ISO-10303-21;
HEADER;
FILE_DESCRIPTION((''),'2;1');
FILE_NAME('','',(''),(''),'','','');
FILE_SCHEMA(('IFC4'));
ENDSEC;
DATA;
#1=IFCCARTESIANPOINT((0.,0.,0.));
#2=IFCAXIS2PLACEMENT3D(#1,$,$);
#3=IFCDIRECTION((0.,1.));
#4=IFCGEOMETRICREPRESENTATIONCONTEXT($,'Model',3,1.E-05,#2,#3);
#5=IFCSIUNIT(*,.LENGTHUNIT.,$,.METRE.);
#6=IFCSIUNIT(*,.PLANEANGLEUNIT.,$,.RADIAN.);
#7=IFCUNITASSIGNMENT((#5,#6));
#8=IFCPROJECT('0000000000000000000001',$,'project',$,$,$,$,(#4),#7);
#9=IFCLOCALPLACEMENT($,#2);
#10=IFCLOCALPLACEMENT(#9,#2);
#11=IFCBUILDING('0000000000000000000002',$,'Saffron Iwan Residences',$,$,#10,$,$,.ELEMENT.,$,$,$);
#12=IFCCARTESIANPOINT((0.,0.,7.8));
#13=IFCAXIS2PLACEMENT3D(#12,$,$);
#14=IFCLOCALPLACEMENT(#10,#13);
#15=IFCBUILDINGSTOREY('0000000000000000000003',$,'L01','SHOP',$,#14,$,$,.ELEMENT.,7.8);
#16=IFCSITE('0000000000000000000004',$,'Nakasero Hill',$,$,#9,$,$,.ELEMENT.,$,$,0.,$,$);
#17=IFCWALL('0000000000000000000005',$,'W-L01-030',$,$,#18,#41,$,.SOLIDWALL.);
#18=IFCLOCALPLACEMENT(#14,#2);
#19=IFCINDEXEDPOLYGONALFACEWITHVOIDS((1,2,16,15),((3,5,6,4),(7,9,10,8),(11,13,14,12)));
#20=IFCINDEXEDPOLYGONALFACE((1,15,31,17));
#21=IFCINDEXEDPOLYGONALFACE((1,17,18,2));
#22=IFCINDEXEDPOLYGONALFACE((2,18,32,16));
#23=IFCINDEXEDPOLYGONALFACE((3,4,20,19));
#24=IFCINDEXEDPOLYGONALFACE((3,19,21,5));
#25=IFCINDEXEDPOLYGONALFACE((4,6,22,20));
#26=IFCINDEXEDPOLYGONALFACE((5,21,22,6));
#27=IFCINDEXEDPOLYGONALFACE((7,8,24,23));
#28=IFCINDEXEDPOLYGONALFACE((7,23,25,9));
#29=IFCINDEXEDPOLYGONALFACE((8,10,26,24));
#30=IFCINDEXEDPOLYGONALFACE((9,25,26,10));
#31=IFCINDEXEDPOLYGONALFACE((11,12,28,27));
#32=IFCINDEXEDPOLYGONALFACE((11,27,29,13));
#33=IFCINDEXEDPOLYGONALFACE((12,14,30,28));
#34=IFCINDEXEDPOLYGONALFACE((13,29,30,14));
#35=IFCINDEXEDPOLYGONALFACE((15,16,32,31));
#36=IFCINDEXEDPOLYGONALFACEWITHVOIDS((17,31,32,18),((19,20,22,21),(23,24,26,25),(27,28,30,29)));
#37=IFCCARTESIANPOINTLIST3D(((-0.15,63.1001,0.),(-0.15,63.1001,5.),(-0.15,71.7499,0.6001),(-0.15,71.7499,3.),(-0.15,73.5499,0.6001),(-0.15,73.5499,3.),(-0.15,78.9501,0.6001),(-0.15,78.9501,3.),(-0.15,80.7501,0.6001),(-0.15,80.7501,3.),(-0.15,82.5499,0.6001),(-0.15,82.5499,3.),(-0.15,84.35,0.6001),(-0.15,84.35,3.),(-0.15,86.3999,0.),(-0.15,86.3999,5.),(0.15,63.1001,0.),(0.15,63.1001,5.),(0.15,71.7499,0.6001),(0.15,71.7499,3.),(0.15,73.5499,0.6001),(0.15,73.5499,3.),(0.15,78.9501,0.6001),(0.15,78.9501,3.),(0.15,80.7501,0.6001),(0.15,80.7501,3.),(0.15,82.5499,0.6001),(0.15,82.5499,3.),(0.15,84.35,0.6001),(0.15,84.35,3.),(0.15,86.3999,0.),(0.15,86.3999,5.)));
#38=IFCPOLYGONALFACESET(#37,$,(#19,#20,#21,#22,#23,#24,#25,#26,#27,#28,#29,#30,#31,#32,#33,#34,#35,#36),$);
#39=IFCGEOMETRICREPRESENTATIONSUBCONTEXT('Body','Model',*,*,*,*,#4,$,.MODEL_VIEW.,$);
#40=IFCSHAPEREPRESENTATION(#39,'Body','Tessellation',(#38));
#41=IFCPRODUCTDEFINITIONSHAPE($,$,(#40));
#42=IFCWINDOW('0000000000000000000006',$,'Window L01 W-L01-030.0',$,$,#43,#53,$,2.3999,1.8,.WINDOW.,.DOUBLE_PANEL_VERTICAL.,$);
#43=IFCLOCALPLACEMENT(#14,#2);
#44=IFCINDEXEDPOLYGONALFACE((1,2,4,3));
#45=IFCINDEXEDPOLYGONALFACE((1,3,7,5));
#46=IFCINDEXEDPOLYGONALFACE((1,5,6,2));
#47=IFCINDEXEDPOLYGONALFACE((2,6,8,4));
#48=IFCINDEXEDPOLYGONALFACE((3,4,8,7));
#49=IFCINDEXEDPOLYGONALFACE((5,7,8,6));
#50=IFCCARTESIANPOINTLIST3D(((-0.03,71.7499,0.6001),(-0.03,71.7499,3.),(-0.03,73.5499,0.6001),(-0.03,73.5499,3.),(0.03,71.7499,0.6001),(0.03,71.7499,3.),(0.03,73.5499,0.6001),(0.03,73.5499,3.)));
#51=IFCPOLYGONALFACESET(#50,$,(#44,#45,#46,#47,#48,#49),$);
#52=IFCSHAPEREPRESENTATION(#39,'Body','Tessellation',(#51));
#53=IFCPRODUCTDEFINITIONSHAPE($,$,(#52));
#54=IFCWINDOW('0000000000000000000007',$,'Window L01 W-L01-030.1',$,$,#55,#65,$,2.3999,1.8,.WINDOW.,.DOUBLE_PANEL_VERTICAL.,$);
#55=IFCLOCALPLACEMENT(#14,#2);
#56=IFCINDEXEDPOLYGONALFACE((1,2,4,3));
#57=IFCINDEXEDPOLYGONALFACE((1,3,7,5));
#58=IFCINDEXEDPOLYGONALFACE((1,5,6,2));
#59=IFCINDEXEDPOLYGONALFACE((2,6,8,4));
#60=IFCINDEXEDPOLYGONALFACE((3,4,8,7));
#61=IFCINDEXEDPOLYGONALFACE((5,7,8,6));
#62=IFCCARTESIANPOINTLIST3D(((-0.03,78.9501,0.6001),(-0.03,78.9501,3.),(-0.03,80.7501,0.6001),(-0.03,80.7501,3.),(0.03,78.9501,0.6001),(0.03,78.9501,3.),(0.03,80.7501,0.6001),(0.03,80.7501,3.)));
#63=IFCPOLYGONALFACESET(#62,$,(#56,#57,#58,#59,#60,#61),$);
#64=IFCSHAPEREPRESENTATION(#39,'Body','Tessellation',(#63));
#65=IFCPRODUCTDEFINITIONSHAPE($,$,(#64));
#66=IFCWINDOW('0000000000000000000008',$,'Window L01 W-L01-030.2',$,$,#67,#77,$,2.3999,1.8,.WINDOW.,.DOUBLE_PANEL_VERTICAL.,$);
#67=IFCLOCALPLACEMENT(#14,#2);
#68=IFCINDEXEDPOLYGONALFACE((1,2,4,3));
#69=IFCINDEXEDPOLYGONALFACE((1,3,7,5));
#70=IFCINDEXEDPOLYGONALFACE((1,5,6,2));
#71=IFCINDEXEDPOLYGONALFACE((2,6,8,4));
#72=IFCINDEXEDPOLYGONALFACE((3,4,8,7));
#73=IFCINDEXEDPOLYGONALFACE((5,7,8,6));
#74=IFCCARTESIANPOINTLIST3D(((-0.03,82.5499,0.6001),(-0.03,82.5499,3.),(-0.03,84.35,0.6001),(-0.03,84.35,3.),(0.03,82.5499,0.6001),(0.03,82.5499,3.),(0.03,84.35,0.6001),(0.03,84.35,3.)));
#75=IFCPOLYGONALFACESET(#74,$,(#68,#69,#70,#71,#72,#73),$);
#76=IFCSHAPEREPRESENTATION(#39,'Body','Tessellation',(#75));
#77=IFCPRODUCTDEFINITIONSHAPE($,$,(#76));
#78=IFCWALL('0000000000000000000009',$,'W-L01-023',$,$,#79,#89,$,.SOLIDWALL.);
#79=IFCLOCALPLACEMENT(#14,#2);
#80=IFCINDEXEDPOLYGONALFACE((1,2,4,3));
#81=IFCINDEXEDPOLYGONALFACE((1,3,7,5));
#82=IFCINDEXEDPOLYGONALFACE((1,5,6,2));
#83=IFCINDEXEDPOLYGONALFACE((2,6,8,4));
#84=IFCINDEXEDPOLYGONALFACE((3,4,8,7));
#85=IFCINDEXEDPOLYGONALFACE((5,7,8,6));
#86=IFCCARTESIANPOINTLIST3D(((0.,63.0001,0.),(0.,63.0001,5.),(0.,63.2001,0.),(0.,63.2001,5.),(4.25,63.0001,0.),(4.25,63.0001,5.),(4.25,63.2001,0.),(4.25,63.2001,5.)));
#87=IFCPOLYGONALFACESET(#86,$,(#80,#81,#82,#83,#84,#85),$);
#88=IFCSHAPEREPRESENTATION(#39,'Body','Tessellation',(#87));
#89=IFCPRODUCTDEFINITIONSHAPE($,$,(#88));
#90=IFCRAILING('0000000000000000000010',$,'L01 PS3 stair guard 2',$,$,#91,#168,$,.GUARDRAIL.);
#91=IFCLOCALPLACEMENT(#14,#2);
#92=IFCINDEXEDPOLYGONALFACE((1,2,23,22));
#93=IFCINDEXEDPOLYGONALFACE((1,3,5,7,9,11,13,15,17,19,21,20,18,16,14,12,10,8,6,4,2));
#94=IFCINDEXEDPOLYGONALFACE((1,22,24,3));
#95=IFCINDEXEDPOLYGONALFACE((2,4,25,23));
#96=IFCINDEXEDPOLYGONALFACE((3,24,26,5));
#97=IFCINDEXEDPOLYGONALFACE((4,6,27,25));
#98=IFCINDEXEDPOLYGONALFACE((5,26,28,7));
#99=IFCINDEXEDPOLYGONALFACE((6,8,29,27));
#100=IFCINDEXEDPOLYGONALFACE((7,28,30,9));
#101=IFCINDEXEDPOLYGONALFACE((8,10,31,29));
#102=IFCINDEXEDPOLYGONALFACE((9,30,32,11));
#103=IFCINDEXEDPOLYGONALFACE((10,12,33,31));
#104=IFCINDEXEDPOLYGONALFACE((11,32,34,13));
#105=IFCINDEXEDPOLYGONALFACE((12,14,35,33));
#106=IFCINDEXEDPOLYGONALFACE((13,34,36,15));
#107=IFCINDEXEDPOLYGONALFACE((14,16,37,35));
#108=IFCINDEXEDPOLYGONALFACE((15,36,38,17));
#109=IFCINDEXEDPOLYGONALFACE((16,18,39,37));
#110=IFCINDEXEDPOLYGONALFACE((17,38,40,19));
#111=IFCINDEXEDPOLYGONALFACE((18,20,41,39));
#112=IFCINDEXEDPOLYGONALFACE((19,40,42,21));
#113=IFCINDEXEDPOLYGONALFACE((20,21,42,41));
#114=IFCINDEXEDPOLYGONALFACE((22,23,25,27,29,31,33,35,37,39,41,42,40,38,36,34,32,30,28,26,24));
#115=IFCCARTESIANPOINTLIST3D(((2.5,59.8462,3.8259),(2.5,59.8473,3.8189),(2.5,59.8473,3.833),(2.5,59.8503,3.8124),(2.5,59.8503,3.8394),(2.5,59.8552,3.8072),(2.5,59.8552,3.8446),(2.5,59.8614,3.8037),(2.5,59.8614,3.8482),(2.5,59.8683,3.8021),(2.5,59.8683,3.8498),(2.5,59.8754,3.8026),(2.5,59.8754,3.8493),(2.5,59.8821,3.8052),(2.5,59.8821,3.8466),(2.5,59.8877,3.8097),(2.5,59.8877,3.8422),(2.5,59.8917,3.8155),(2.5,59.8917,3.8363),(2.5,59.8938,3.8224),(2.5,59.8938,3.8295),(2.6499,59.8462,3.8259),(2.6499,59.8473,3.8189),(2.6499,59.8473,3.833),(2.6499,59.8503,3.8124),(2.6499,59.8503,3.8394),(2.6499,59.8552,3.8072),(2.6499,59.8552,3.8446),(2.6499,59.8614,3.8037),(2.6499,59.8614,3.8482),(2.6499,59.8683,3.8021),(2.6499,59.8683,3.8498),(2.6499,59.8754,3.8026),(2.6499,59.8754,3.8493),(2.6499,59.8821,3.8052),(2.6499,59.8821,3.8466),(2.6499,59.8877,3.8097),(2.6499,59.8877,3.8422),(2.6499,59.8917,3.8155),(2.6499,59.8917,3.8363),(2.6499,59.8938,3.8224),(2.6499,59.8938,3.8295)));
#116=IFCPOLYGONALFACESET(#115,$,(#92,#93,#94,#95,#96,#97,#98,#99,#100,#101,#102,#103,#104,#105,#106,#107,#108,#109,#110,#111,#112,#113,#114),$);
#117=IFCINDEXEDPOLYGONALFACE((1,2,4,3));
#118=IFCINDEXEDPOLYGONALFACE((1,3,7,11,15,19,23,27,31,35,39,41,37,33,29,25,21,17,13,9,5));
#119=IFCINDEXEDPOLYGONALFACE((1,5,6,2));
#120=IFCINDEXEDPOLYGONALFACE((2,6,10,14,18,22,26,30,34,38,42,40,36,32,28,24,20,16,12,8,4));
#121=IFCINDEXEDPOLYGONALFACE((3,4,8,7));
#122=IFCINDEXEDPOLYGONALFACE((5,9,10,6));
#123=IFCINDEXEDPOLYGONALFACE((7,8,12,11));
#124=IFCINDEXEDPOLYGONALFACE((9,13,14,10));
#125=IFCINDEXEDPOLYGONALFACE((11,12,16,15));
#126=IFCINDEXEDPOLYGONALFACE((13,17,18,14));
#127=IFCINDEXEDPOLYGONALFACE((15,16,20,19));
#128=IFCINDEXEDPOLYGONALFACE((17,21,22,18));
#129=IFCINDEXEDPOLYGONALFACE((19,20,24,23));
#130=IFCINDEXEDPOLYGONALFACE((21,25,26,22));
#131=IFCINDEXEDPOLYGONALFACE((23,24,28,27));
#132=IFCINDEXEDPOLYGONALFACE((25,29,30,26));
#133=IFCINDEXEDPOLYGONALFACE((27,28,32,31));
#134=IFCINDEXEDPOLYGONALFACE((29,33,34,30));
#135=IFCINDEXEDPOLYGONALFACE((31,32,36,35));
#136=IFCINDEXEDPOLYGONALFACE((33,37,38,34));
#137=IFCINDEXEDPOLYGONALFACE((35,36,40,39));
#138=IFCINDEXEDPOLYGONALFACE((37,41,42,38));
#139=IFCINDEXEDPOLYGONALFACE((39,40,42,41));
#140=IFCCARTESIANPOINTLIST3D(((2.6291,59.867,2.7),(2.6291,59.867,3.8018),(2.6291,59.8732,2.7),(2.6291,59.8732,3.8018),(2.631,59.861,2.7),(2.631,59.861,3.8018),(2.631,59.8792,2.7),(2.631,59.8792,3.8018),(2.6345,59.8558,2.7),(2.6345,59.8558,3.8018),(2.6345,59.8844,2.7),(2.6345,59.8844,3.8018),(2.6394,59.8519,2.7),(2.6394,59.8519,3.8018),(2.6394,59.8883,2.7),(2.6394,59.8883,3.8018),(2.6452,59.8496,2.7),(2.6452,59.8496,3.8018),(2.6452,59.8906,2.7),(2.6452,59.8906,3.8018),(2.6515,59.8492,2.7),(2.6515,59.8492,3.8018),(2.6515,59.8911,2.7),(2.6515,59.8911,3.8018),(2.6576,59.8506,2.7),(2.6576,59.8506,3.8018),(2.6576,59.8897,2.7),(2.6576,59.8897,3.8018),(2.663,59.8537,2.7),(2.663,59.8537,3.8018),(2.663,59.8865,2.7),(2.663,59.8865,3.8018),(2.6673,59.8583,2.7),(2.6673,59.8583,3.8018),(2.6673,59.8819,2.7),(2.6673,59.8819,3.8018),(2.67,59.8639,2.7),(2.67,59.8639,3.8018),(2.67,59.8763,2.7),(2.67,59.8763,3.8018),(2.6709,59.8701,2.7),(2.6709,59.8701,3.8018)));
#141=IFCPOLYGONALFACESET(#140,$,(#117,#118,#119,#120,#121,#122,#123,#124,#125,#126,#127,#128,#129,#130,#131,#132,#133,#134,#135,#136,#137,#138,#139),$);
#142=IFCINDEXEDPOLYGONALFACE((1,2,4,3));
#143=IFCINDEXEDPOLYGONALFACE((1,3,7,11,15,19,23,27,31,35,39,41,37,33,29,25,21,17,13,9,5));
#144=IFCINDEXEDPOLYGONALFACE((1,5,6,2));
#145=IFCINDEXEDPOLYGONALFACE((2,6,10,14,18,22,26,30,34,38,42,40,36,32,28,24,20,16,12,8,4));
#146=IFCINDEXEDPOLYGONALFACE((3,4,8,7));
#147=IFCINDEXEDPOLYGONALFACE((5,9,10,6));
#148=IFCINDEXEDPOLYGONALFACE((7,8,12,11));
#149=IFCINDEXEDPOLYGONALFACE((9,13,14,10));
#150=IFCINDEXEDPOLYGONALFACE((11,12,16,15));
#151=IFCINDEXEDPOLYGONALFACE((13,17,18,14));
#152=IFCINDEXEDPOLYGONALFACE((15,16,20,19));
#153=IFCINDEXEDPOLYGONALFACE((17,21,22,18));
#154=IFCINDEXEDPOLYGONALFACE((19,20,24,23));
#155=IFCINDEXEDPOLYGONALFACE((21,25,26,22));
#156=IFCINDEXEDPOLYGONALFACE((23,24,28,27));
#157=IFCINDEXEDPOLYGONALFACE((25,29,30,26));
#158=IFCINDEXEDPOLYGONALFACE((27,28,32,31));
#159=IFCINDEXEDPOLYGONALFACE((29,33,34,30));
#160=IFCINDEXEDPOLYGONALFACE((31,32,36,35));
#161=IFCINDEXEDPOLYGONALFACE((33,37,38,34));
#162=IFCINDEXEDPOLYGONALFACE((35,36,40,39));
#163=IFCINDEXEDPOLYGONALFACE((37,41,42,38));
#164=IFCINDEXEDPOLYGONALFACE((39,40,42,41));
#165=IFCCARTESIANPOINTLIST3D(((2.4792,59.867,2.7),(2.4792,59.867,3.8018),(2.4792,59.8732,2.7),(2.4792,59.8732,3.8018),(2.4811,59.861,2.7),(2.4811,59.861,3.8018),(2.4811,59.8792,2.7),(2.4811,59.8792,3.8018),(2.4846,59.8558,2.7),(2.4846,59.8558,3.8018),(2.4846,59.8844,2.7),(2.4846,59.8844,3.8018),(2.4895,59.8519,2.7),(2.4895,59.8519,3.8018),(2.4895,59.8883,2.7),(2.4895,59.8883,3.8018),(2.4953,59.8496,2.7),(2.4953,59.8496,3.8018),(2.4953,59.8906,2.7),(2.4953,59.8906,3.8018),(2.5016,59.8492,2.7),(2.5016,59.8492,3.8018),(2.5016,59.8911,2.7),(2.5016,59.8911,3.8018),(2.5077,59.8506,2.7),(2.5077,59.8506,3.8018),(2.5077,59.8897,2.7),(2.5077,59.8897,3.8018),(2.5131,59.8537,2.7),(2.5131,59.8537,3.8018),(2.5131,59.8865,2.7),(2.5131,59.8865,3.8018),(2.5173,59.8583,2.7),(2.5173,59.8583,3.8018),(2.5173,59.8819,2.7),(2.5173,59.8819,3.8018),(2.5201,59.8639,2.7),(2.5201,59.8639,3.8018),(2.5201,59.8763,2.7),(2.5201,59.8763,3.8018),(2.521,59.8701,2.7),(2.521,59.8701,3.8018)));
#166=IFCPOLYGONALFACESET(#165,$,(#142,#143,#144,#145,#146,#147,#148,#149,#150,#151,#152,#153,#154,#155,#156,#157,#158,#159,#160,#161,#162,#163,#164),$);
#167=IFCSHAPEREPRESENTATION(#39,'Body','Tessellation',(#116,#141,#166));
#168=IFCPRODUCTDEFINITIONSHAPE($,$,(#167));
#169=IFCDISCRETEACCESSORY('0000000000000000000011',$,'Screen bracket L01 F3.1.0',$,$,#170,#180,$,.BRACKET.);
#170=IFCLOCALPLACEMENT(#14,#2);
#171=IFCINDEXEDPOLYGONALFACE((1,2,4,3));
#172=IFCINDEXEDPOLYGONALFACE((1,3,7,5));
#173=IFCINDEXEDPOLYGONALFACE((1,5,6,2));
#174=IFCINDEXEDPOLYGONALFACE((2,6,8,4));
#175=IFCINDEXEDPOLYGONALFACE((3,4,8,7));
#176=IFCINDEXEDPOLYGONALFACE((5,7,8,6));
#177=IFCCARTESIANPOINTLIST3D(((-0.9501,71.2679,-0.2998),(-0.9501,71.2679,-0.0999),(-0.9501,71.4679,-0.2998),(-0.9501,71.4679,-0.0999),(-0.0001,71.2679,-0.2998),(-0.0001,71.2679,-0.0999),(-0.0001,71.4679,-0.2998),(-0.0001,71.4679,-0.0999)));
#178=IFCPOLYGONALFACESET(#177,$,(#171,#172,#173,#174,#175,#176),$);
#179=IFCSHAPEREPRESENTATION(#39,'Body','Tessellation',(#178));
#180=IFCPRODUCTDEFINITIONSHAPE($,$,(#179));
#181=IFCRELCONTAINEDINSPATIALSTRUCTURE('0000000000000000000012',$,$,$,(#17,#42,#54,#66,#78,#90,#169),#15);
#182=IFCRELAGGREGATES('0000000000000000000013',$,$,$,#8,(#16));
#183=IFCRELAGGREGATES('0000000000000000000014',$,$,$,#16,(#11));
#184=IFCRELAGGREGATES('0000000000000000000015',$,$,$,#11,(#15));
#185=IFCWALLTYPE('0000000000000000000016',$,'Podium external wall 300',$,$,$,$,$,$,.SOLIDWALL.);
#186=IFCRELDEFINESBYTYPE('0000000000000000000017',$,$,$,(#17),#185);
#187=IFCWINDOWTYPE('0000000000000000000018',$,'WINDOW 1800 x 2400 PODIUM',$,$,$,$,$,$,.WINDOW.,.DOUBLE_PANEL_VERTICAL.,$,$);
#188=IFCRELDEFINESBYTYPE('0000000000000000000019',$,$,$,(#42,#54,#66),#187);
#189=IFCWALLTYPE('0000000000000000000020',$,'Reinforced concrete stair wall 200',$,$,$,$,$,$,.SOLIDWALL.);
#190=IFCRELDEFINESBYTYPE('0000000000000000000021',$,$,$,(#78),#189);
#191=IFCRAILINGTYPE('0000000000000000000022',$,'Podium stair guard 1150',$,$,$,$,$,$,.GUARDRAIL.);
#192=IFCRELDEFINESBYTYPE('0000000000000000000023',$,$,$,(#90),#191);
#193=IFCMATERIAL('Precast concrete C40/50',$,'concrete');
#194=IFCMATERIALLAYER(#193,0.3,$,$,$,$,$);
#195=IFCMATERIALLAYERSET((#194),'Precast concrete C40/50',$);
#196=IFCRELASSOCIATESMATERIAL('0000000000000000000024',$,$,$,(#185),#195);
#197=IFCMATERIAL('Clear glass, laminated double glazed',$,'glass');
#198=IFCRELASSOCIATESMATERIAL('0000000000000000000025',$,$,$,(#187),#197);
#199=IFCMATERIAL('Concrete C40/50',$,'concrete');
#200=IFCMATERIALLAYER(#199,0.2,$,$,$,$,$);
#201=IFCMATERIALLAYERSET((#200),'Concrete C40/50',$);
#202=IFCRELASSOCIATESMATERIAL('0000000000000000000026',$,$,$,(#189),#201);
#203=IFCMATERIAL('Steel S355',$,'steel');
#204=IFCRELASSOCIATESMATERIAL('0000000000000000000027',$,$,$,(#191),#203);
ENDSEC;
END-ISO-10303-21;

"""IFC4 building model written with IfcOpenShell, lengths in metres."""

from ifc_helpers import new_model, si_unit, direction, frame, frame_2d, origin, origin_2d, place, context, subcontext, project, spatial, rectangle, circle, extrude, source, transform, mapped, material, layer, layer_set, type_object, element, fill, save


model = new_model("IFC4")

# Units and contexts
model_context = context("Model", 3, precision=1e-05, world=origin(), true_north=direction((0.0, 1.0)))
body_context = subcontext(model_context, "Body", "Model", "MODEL_VIEW")
ifc_project = project(units=[si_unit("LENGTHUNIT", "METRE"), si_unit("PLANEANGLEUNIT", "RADIAN")], contexts=[model_context])

# Site, building, storey
site_placement = place(None, origin())
site = spatial("IfcSite", under=ifc_project, at=site_placement, Name="Nakasero Hill", CompositionType="ELEMENT", RefElevation=0.0)
building_placement = place(site_placement, origin())
building = spatial("IfcBuilding", under=site, at=building_placement, Name="Saffron Iwan Residences", CompositionType="ELEMENT")
storey_placement = place(building_placement, frame((0.0, 0.0, 7.8)))
storey = spatial("IfcBuildingStorey", under=building, at=storey_placement, Name="L01", Description="SHOP", CompositionType="ELEMENT", Elevation=7.8)

# Shared definitions
ifc_material_1 = material(Name="Concrete C40/50", Category="concrete")

# Wall, openings, windows
ifc_material_2 = material(Name="Precast concrete C40/50", Category="concrete")
ifc_layer_1 = layer(ifc_material_2, 0.3)
ifc_layer_set_1 = layer_set([ifc_layer_1], Name="Precast concrete C40/50")
wall_type_1 = type_object("IfcWallType", Name="Podium external wall 300", PredefinedType="SOLIDWALL", material=ifc_layer_set_1)
wall_1_placement = place(storey_placement, frame((0.0, 63.1001, 0.0), z_axis=(0.0, 0.0, 1.0), x_axis=(0.0, 1.0, 0.0)))
wall_1 = element("IfcWall", 1, at=wall_1_placement, inside=storey, type_object=wall_type_1, Name="W-L01-030", PredefinedType="SOLIDWALL", context=body_context, shape_type="SweptSolid", body=[
    extrude(rectangle(XDim=23.2998, YDim=0.3, at=frame_2d((11.6499, 0.0))), origin(), (0.0, 0.0, 1.0), 5.0),
])
opening_1_placement = place(wall_1_placement, frame((8.6499, 0.0, 0.6001)))
opening_1 = element("IfcOpeningElement", 2, at=opening_1_placement, cuts=wall_1, PredefinedType="OPENING", context=body_context, shape_type="SweptSolid", body=[
    extrude(rectangle(XDim=1.8, YDim=2.3999, at=frame_2d((0.8999, 1.2))), frame((0.0, 0.1602, 0.0), z_axis=(0.0, -1.0, 0.0), x_axis=(1.0, 0.0, 0.0)), (0.0, 0.0, 1.0), 0.3201),
])
opening_2_placement = place(wall_1_placement, frame((15.8501, 0.0, 0.6001)))
opening_2 = element("IfcOpeningElement", 3, at=opening_2_placement, cuts=wall_1, PredefinedType="OPENING", context=body_context, shape_type="SweptSolid", body=[
    extrude(rectangle(XDim=1.8, YDim=2.3999, at=frame_2d((0.8999, 1.2))), frame((0.0, 0.1602, 0.0), z_axis=(0.0, -1.0, 0.0), x_axis=(1.0, 0.0, 0.0)), (0.0, 0.0, 1.0), 0.3201),
])
opening_3_placement = place(wall_1_placement, frame((19.45, 0.0, 0.6001)))
opening_3 = element("IfcOpeningElement", 4, at=opening_3_placement, cuts=wall_1, PredefinedType="OPENING", context=body_context, shape_type="SweptSolid", body=[
    extrude(rectangle(XDim=1.8, YDim=2.3999, at=frame_2d((0.8999, 1.2))), frame((0.0, 0.1602, 0.0), z_axis=(0.0, -1.0, 0.0), x_axis=(1.0, 0.0, 0.0)), (0.0, 0.0, 1.0), 0.3201),
])
ifc_material_3 = material(Name="Clear glass, laminated double glazed", Category="glass")
window_type = type_object("IfcWindowType", Name="WINDOW 1800 x 2400 PODIUM", PartitioningType="DOUBLE_PANEL_VERTICAL", PredefinedType="WINDOW", material=ifc_material_3)
window_1_placement = place(opening_1_placement, origin())
window_1 = element("IfcWindow", 5, at=window_1_placement, inside=storey, type_object=window_type, Name="Window L01 W-L01-030.0", OverallHeight=2.3999, OverallWidth=1.8, PartitioningType="DOUBLE_PANEL_VERTICAL", PredefinedType="WINDOW", context=body_context, shape_type="SweptSolid", body=[
    extrude(rectangle(XDim=1.8, YDim=2.3999, at=frame_2d((0.8999, 1.2))), frame((0.0, 0.03, 0.0), z_axis=(0.0, -1.0, 0.0), x_axis=(1.0, 0.0, 0.0)), (0.0, 0.0, 1.0), 0.0601),
])
fill(opening_1, window_1)
window_2_placement = place(opening_2_placement, origin())
window_2 = element("IfcWindow", 6, at=window_2_placement, inside=storey, type_object=window_type, Name="Window L01 W-L01-030.1", OverallHeight=2.3999, OverallWidth=1.8, PartitioningType="DOUBLE_PANEL_VERTICAL", PredefinedType="WINDOW", context=body_context, shape_type="SweptSolid", body=[
    extrude(rectangle(XDim=1.8, YDim=2.3999, at=frame_2d((0.8999, 1.2))), frame((0.0, 0.03, 0.0), z_axis=(0.0, -1.0, 0.0), x_axis=(1.0, 0.0, 0.0)), (0.0, 0.0, 1.0), 0.0601),
])
fill(opening_2, window_2)
window_3_placement = place(opening_3_placement, origin())
window_3 = element("IfcWindow", 7, at=window_3_placement, inside=storey, type_object=window_type, Name="Window L01 W-L01-030.2", OverallHeight=2.3999, OverallWidth=1.8, PartitioningType="DOUBLE_PANEL_VERTICAL", PredefinedType="WINDOW", context=body_context, shape_type="SweptSolid", body=[
    extrude(rectangle(XDim=1.8, YDim=2.3999, at=frame_2d((0.8999, 1.2))), frame((0.0, 0.03, 0.0), z_axis=(0.0, -1.0, 0.0), x_axis=(1.0, 0.0, 0.0)), (0.0, 0.0, 1.0), 0.0601),
])
fill(opening_3, window_3)

# Wall
ifc_layer_2 = layer(ifc_material_1, 0.2)
ifc_layer_set_2 = layer_set([ifc_layer_2], Name="Concrete C40/50")
wall_type_2 = type_object("IfcWallType", Name="Reinforced concrete stair wall 200", PredefinedType="SOLIDWALL", material=ifc_layer_set_2)
wall_2_placement = place(storey_placement, frame((0.0, 63.1001, 0.0), z_axis=(0.0, 0.0, 1.0), x_axis=(1.0, 0.0, 0.0)))
element("IfcWall", 8, at=wall_2_placement, inside=storey, type_object=wall_type_2, Name="W-L01-023", PredefinedType="SOLIDWALL", context=body_context, shape_type="SweptSolid", body=[
    extrude(rectangle(XDim=4.25, YDim=0.2, at=frame_2d((2.125, 0.0))), origin(), (0.0, 0.0, 1.0), 5.0),
])

# Railing
ifc_material_4 = material(Name="Steel S355", Category="steel")
railing_type = type_object("IfcRailingType", Name="Podium stair guard 1150", PredefinedType="GUARDRAIL", material=ifc_material_4)
railing_placement = place(storey_placement, frame((2.6499, 59.8701, 2.7)))
element("IfcRailing", 9, at=railing_placement, inside=storey, type_object=railing_type, Name="L01 PS3 stair guard 2", PredefinedType="GUARDRAIL", context=body_context, shape_type="SweptSolid", body=[
    extrude(circle(Radius=0.0239, at=origin_2d()), frame((0.0, 0.0, 1.126), z_axis=(-1.0, 0.0, 0.0), x_axis=(0.0, -1.0, 0.0)), (0.0, 0.0, 1.0), 0.1499),
    extrude(circle(Radius=0.021, at=origin_2d()), origin(), (0.0, 0.0, 1.0), 1.1018),
    extrude(circle(Radius=0.021, at=origin_2d()), frame((-0.1499, 0.0, 0.0)), (0.0, 0.0, 1.0), 1.1018),
])

# Discrete accessory
shared_shape_1 = source(origin(), body_context, "Body", "SweptSolid", [
    extrude(rectangle(XDim=0.95, YDim=0.2, at=origin_2d()), origin(), (0.0, 0.0, 1.0), 0.2),
])
for number, where, z_axis, x_axis, name in (
    (10, (-0.4751, 71.3679, -0.2998), (0.0, 0.0, 1.0), (-1.0, 0.0, 0.0), "Screen bracket L01 F3.1.0"),
):
    element("IfcDiscreteAccessory", number, at=place(storey_placement, frame(where, z_axis=z_axis, x_axis=x_axis)), inside=storey, Name=name, PredefinedType="BRACKET", context=body_context, shape_type="MappedRepresentation", body=[
        mapped(shared_shape_1, transform((0.0, 0.0, 0.0))),
    ])

save(model, "model.ifc")
